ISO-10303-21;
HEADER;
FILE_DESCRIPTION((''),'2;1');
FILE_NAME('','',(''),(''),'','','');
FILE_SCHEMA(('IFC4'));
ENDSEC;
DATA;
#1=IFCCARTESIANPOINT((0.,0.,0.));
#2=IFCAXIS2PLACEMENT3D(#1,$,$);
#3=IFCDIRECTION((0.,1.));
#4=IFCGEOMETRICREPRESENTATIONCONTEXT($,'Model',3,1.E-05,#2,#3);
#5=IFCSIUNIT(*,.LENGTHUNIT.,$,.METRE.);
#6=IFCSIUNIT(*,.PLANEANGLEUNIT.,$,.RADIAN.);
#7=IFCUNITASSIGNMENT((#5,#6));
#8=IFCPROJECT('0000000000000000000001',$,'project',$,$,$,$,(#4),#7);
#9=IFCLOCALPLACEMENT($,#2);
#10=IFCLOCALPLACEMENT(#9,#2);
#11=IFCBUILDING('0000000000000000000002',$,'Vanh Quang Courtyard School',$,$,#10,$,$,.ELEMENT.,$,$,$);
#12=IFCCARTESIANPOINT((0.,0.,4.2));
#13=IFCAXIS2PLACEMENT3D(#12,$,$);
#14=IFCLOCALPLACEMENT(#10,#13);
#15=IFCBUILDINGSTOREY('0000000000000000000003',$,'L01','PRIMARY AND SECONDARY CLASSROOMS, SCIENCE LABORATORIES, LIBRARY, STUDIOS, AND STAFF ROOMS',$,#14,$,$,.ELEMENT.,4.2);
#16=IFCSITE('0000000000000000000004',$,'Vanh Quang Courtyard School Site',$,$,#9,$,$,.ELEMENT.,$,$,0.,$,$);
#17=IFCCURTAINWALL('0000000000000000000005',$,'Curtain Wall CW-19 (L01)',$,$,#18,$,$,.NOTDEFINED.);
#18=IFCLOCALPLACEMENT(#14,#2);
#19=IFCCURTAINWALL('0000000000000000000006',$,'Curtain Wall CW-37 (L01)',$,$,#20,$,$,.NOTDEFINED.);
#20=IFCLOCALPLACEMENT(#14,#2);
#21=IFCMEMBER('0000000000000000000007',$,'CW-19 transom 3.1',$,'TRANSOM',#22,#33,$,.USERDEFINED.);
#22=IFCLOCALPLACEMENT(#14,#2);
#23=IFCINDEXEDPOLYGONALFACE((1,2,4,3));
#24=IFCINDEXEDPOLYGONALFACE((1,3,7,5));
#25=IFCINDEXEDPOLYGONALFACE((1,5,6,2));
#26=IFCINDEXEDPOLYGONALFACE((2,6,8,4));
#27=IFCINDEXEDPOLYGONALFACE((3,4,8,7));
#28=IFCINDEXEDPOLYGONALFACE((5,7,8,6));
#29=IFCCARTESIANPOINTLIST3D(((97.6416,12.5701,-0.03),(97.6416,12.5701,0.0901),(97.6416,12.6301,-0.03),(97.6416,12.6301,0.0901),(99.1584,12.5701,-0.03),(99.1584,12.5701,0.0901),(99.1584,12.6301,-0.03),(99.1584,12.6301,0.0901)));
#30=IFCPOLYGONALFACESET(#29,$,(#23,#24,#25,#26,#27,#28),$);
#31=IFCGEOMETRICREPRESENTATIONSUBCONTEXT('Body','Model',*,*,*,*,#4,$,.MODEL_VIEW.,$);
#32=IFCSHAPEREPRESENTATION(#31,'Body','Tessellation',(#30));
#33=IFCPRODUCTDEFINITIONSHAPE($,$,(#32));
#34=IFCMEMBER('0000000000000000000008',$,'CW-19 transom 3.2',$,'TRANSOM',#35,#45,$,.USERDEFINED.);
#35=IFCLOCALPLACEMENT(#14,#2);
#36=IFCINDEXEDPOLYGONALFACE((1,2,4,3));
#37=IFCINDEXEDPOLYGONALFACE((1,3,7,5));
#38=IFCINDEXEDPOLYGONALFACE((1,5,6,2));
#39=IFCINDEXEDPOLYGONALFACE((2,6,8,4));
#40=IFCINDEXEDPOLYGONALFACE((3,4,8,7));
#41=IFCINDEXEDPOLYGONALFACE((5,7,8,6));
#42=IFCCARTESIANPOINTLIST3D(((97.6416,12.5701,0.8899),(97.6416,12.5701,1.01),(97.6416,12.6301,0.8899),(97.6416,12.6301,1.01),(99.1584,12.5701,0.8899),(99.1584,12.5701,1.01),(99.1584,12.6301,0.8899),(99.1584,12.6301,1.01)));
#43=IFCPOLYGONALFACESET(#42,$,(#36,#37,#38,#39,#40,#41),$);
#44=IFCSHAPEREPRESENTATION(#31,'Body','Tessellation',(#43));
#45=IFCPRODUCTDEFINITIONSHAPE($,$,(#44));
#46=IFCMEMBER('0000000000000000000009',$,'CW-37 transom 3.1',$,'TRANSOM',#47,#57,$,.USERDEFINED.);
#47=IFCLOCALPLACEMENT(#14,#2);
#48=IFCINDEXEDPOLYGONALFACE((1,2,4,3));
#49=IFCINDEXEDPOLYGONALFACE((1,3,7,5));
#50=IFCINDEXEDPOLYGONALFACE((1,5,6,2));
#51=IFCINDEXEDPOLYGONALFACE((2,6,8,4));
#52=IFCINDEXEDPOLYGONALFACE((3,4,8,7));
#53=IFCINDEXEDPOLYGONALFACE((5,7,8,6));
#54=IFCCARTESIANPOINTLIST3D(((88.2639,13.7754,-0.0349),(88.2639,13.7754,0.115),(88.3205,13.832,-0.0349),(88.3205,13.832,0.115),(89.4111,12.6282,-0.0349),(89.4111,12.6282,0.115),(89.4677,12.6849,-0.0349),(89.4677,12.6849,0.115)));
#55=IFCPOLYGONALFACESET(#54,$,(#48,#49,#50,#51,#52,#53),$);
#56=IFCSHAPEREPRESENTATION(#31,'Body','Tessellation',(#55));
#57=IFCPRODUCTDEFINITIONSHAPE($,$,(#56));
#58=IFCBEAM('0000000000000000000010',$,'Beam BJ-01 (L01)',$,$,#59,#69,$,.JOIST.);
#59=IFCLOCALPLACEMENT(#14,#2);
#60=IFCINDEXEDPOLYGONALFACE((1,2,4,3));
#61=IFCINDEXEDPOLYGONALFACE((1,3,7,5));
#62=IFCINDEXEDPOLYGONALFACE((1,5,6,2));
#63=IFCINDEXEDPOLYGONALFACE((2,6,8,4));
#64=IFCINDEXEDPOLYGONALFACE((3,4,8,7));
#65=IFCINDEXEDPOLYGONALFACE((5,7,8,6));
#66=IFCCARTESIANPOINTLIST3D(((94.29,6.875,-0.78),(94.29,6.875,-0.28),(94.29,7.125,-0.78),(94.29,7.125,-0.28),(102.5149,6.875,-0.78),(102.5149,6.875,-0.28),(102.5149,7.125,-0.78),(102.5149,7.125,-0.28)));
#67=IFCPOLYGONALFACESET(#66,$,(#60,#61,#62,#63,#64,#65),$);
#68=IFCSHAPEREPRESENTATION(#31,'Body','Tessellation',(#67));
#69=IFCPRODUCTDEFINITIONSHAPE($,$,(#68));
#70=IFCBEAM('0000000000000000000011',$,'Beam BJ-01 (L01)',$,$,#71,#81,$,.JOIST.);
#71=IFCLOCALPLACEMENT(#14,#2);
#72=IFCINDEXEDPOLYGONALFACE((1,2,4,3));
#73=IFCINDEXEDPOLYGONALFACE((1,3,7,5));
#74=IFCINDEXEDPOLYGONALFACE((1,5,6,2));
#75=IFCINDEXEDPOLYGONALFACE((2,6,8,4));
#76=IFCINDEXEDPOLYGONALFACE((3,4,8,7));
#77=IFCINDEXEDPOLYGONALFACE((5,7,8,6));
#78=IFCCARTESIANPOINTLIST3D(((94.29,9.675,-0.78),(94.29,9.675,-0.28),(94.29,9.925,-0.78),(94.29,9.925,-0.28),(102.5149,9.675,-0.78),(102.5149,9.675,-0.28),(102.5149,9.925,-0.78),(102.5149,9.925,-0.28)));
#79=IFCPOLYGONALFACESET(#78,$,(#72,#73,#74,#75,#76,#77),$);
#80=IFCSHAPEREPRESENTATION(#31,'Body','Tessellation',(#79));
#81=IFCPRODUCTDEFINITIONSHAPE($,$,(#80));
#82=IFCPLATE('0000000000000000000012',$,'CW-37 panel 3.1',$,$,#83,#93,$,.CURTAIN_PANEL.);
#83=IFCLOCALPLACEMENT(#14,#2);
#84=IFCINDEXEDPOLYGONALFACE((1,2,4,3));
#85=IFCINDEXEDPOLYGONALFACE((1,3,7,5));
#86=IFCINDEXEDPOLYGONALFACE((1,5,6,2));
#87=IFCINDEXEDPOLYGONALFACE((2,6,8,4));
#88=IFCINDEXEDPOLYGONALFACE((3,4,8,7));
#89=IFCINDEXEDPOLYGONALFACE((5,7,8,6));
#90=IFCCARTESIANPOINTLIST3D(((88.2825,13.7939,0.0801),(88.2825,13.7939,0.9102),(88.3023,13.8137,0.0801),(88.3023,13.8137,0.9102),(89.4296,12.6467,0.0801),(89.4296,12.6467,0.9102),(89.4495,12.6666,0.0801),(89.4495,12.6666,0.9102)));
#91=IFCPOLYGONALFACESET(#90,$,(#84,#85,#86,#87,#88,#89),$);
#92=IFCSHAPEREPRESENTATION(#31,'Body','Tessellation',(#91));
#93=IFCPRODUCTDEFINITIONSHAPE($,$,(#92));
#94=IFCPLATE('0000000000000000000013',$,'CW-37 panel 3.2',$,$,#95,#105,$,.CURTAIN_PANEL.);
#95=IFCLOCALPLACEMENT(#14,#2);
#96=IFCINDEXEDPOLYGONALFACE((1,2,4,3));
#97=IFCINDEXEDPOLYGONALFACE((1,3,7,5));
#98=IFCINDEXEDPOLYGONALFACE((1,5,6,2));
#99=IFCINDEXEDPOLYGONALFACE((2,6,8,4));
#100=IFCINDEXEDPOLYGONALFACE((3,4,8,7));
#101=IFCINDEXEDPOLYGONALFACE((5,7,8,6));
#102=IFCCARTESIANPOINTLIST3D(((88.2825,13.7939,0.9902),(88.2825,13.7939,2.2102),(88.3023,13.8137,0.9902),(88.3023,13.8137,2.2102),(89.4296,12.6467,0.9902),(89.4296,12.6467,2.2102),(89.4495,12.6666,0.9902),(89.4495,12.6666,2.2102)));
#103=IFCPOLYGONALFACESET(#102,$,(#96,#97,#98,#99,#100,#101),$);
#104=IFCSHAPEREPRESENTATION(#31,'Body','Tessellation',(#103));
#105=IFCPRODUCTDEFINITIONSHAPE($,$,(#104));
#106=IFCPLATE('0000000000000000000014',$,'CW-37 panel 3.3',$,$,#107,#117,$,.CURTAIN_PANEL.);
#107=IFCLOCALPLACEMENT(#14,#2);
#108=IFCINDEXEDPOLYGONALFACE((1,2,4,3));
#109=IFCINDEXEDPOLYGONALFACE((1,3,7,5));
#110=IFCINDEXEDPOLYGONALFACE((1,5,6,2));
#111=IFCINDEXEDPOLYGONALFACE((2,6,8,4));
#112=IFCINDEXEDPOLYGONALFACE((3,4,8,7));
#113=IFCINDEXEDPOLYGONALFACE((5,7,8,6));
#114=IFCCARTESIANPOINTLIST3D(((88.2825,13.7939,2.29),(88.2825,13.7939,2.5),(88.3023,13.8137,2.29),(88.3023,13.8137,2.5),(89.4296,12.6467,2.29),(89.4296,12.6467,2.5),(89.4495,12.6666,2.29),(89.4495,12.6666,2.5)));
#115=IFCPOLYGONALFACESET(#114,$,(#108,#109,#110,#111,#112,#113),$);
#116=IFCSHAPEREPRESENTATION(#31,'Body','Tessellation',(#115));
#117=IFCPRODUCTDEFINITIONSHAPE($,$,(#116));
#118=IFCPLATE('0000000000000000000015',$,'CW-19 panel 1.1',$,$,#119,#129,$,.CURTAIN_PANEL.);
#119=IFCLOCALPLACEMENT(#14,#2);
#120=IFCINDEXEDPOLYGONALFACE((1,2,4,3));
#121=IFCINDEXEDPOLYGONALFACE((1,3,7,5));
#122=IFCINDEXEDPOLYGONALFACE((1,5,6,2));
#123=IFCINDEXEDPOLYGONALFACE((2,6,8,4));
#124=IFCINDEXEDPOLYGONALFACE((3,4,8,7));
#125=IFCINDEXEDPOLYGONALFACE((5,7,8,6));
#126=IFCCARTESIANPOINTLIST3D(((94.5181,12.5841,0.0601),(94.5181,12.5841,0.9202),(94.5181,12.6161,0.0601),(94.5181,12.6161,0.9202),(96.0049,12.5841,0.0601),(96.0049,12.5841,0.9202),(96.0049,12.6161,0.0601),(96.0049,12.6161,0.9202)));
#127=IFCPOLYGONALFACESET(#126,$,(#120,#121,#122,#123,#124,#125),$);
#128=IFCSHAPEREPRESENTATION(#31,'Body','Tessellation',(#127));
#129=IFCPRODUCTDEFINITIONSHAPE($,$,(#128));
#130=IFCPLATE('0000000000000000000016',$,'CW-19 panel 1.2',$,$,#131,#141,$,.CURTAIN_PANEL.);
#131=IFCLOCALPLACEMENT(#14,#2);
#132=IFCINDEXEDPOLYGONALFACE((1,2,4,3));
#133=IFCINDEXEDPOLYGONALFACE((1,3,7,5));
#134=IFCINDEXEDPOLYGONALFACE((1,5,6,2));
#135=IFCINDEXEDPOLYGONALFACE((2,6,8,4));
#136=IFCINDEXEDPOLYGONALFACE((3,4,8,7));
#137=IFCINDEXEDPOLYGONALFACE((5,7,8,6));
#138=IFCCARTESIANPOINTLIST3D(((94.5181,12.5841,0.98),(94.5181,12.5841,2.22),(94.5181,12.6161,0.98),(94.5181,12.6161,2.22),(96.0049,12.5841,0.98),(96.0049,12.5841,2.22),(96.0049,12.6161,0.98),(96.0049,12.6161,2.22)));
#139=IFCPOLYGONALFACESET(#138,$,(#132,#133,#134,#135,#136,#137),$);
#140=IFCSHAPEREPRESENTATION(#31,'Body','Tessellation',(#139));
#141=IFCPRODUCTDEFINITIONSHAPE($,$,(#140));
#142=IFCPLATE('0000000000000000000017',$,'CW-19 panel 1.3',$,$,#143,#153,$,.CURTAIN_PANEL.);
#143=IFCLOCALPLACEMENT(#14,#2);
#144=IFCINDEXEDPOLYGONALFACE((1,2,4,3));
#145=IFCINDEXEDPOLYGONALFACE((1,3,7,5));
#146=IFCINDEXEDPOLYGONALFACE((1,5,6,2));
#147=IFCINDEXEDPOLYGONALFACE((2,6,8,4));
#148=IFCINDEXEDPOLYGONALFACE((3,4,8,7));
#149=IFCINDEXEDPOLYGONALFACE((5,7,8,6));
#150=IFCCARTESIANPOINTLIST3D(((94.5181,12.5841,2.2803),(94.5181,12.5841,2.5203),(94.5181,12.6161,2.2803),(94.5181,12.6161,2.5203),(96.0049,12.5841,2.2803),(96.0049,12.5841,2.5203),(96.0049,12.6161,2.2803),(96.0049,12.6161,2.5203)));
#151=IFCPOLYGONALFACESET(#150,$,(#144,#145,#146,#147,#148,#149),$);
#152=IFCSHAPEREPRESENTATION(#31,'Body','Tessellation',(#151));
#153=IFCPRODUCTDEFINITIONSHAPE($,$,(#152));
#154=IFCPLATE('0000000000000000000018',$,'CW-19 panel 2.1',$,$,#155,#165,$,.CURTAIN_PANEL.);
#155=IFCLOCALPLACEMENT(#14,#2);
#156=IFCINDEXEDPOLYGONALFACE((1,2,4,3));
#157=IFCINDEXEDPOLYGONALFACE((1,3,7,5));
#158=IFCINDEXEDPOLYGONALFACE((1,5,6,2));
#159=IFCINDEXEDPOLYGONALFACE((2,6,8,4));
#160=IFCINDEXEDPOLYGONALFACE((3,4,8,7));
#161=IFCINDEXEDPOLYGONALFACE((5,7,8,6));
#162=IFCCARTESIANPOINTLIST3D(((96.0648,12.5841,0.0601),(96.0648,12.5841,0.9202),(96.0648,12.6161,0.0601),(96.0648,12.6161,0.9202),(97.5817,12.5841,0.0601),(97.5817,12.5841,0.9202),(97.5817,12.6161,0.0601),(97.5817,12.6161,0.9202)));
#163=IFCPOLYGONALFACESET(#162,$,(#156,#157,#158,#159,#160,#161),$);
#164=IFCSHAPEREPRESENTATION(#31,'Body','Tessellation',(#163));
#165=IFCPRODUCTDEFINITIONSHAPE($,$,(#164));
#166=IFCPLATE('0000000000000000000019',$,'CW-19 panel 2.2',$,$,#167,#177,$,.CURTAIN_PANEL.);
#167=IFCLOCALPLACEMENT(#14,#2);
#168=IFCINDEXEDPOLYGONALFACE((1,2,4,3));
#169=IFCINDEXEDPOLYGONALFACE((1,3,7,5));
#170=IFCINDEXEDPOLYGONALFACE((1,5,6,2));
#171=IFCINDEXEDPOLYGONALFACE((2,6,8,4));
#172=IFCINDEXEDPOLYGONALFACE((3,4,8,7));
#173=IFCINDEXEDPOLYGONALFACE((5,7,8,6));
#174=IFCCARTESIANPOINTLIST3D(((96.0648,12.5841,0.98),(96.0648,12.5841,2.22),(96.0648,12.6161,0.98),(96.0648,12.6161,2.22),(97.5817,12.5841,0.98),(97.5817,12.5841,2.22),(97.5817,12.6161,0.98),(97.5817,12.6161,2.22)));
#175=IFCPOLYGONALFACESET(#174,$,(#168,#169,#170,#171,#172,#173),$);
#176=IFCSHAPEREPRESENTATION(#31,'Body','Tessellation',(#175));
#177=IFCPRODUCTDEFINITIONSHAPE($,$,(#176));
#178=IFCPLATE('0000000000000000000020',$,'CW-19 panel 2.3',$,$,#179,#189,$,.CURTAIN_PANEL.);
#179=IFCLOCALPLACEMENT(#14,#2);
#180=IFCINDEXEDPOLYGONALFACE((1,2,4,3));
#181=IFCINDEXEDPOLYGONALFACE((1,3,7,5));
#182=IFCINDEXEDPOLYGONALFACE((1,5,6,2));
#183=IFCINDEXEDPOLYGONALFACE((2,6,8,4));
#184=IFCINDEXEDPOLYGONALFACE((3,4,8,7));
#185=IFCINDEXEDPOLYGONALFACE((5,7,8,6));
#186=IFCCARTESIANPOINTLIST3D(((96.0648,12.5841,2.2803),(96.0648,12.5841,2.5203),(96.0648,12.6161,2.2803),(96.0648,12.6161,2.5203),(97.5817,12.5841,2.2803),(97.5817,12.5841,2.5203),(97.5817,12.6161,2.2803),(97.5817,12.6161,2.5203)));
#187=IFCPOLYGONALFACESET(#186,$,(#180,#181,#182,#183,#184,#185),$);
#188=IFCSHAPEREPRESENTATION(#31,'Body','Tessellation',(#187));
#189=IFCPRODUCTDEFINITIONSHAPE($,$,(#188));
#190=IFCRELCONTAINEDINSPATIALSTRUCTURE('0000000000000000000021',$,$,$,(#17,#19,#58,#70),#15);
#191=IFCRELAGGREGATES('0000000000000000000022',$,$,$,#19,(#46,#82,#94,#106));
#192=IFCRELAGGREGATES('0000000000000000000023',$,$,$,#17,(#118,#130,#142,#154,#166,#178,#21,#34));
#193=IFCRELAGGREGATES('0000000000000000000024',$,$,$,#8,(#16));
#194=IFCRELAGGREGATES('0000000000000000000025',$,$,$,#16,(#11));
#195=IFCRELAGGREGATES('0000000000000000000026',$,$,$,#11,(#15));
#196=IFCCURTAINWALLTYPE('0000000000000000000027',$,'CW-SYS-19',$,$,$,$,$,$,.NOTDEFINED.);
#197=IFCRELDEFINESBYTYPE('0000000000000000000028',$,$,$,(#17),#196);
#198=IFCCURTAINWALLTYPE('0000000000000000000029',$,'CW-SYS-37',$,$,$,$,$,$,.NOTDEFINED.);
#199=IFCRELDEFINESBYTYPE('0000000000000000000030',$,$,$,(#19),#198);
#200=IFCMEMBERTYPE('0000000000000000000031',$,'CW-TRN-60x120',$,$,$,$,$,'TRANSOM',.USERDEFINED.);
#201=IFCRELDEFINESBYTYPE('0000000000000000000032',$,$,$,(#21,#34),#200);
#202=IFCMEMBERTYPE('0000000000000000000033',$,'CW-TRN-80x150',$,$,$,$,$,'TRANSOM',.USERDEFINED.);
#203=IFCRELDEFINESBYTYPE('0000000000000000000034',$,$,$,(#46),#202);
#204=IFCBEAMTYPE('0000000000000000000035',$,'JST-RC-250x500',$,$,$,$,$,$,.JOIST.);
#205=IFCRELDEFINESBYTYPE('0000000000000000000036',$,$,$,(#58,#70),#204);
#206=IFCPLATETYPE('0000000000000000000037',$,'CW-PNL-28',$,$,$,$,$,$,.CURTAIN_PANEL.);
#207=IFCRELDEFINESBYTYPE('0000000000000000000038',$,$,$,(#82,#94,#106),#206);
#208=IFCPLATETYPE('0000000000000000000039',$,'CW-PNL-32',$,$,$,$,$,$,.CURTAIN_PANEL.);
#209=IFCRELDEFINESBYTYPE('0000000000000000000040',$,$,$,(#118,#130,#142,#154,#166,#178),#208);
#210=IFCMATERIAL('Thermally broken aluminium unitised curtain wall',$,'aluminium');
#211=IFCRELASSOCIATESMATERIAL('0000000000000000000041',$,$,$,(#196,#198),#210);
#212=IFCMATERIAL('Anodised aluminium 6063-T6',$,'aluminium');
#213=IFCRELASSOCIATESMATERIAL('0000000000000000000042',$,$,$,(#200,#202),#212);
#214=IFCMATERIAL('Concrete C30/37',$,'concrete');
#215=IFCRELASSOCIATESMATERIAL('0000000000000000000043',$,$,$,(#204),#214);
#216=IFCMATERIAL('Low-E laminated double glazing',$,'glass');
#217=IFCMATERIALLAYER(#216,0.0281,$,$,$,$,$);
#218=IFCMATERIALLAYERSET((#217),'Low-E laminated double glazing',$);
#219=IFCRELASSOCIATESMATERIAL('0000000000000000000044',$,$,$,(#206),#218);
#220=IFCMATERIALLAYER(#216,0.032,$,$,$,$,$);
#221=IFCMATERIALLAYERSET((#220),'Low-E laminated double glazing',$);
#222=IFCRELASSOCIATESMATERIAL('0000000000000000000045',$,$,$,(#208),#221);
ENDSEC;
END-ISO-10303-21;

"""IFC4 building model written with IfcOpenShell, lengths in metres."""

from ifc_helpers import new_model, si_unit, direction, frame, origin, origin_2d, place, context, subcontext, project, spatial, rectangle, extrude, material, layer, layer_set, material_profile, profile_set, type_object, element, aggregate, save


model = new_model("IFC4")

# Units and contexts
model_context = context("Model", 3, precision=1e-05, world=origin(), true_north=direction((0.0, 1.0)))
body_context = subcontext(model_context, "Body", "Model", "MODEL_VIEW")
ifc_project = project(units=[si_unit("LENGTHUNIT", "METRE"), si_unit("PLANEANGLEUNIT", "RADIAN")], contexts=[model_context])

# Site, building, storey
site_placement = place(None, origin())
site = spatial("IfcSite", under=ifc_project, at=site_placement, Name="Vanh Quang Courtyard School Site", CompositionType="ELEMENT", RefElevation=0.0)
building_placement = place(site_placement, origin())
building = spatial("IfcBuilding", under=site, at=building_placement, Name="Vanh Quang Courtyard School", CompositionType="ELEMENT")
storey_placement = place(building_placement, frame((0.0, 0.0, 4.2)))
storey = spatial("IfcBuildingStorey", under=building, at=storey_placement, Name="L01", Description="PRIMARY AND SECONDARY CLASSROOMS, SCIENCE LABORATORIES, LIBRARY, STUDIOS, AND STAFF ROOMS", CompositionType="ELEMENT", Elevation=4.2)

# Curtain wall
ifc_material_1 = material(Name="Thermally broken aluminium unitised curtain wall", Category="aluminium")
curtain_wall_type_1 = type_object("IfcCurtainWallType", Name="CW-SYS-19", PredefinedType="NOTDEFINED", material=ifc_material_1)
curtain_wall_1_placement = place(storey_placement, origin())
curtain_wall_1 = element("IfcCurtainWall", 1, at=curtain_wall_1_placement, inside=storey, type_object=curtain_wall_type_1, Name="Curtain Wall CW-19 (L01)", PredefinedType="NOTDEFINED")
ifc_material_2 = material(Name="Anodised aluminium 6063-T6", Category="aluminium")

# Curtain wall
curtain_wall_type_2 = type_object("IfcCurtainWallType", Name="CW-SYS-37", PredefinedType="NOTDEFINED", material=ifc_material_1)
curtain_wall_2_placement = place(storey_placement, origin())
curtain_wall_2 = element("IfcCurtainWall", 2, at=curtain_wall_2_placement, inside=storey, type_object=curtain_wall_type_2, Name="Curtain Wall CW-37 (L01)", PredefinedType="NOTDEFINED")

# Members
ifc_material_profile_1 = material_profile(ifc_material_2, rectangle(XDim=0.0601, YDim=0.1201, at=origin_2d()), Name="ALU-TRN 60x120")
ifc_profile_set_1 = profile_set([ifc_material_profile_1], Name="Anodised aluminium 6063-T6")
member_type_1 = type_object("IfcMemberType", Name="CW-TRN-60x120", ElementType="TRANSOM", PredefinedType="USERDEFINED", material=ifc_profile_set_1)
member_1_placement = place(storey_placement, frame((97.6416, 12.6001, 0.03), z_axis=(1.0, 0.0, 0.0), x_axis=(0.0, 1.0, 0.0)))
member_1 = element("IfcMember", 3, at=member_1_placement, type_object=member_type_1, Name="CW-19 transom 3.1", ObjectType="TRANSOM", PredefinedType="USERDEFINED", context=body_context, shape_type="SweptSolid", body=[
    extrude(rectangle(XDim=0.0601, YDim=0.1201, at=origin_2d()), origin(), (0.0, 0.0, 1.0), 1.5168),
])
member_2_placement = place(storey_placement, frame((97.6416, 12.6001, 0.95), z_axis=(1.0, 0.0, 0.0), x_axis=(0.0, 1.0, 0.0)))
member_2 = element("IfcMember", 4, at=member_2_placement, type_object=member_type_1, Name="CW-19 transom 3.2", ObjectType="TRANSOM", PredefinedType="USERDEFINED", context=body_context, shape_type="SweptSolid", body=[
    extrude(rectangle(XDim=0.0601, YDim=0.1201, at=origin_2d()), origin(), (0.0, 0.0, 1.0), 1.5168),
])
ifc_material_profile_2 = material_profile(ifc_material_2, rectangle(XDim=0.0801, YDim=0.1499, at=origin_2d()), Name="ALU-TRN 80x150")
ifc_profile_set_2 = profile_set([ifc_material_profile_2], Name="Anodised aluminium 6063-T6")
member_type_2 = type_object("IfcMemberType", Name="CW-TRN-80x150", ElementType="TRANSOM", PredefinedType="USERDEFINED", material=ifc_profile_set_2)
member_3_placement = place(storey_placement, frame((88.2922, 13.8037, 0.04), z_axis=(0.707107, -0.707107, 0.0), x_axis=(0.707107, 0.707107, 0.0)))
member_3 = element("IfcMember", 5, at=member_3_placement, type_object=member_type_2, Name="CW-37 transom 3.1", ObjectType="TRANSOM", PredefinedType="USERDEFINED", context=body_context, shape_type="SweptSolid", body=[
    extrude(rectangle(XDim=0.0801, YDim=0.1499, at=origin_2d()), origin(), (0.0, 0.0, 1.0), 1.6223),
])

# Beams
ifc_material_3 = material(Name="Concrete C30/37", Category="concrete")
ifc_material_profile_3 = material_profile(ifc_material_3, rectangle(XDim=0.25, YDim=0.5, at=origin_2d()), Name="RC-JST 250x500")
ifc_profile_set_3 = profile_set([ifc_material_profile_3], Name="Concrete C30/37")
beam_type_1 = type_object("IfcBeamType", Name="JST-RC-250x500", PredefinedType="JOIST", material=ifc_profile_set_3)
for number, where, z_axis, x_axis, name in (
    (6, (94.29, 7.0, -0.53), (1.0, 0.0, 0.0), (0.0, 1.0, 0.0), "Beam BJ-01 (L01)"),
    (7, (94.29, 9.8, -0.53), (1.0, 0.0, 0.0), (0.0, 1.0, 0.0), "Beam BJ-01 (L01)"),
):
    element("IfcBeam", number, at=place(storey_placement, frame(where, z_axis=z_axis, x_axis=x_axis)), inside=storey, type_object=beam_type_1, Name=name, PredefinedType="JOIST", context=body_context, shape_type="SweptSolid", body=[
        extrude(rectangle(XDim=0.25, YDim=0.5, at=origin_2d()), origin(), (0.0, 0.0, 1.0), 8.2249),
    ])

# Plates
ifc_material_4 = material(Name="Low-E laminated double glazing", Category="glass")
ifc_layer_1 = layer(ifc_material_4, 0.0281)
ifc_layer_set_1 = layer_set([ifc_layer_1], Name="Low-E laminated double glazing")
plate_type_1 = type_object("IfcPlateType", Name="CW-PNL-28", PredefinedType="CURTAIN_PANEL", material=ifc_layer_set_1)
plate_1_placement = place(storey_placement, frame((88.866, 13.2302, 0.0801), z_axis=(0.0, 0.0, 1.0), x_axis=(0.707107, -0.707107, 0.0)))
plate_1 = element("IfcPlate", 8, at=plate_1_placement, type_object=plate_type_1, Name="CW-37 panel 3.1", PredefinedType="CURTAIN_PANEL", context=body_context, shape_type="SweptSolid", body=[
    extrude(rectangle(XDim=1.6223, YDim=0.0281, at=origin_2d()), origin(), (0.0, 0.0, 1.0), 0.8301),
])
plate_2_placement = place(storey_placement, frame((88.866, 13.2302, 0.9902), z_axis=(0.0, 0.0, 1.0), x_axis=(0.707107, -0.707107, 0.0)))
plate_2 = element("IfcPlate", 9, at=plate_2_placement, type_object=plate_type_1, Name="CW-37 panel 3.2", PredefinedType="CURTAIN_PANEL", context=body_context, shape_type="SweptSolid", body=[
    extrude(rectangle(XDim=1.6223, YDim=0.0281, at=origin_2d()), origin(), (0.0, 0.0, 1.0), 1.22),
])
plate_3_placement = place(storey_placement, frame((88.866, 13.2302, 2.29), z_axis=(0.0, 0.0, 1.0), x_axis=(0.707107, -0.707107, 0.0)))
plate_3 = element("IfcPlate", 10, at=plate_3_placement, type_object=plate_type_1, Name="CW-37 panel 3.3", PredefinedType="CURTAIN_PANEL", context=body_context, shape_type="SweptSolid", body=[
    extrude(rectangle(XDim=1.6223, YDim=0.0281, at=origin_2d()), origin(), (0.0, 0.0, 1.0), 0.21),
])
aggregate(curtain_wall_2, [member_3, plate_1, plate_2, plate_3])
ifc_layer_2 = layer(ifc_material_4, 0.032)
ifc_layer_set_2 = layer_set([ifc_layer_2], Name="Low-E laminated double glazing")
plate_type_2 = type_object("IfcPlateType", Name="CW-PNL-32", PredefinedType="CURTAIN_PANEL", material=ifc_layer_set_2)
plate_4_placement = place(storey_placement, frame((95.2615, 12.6001, 0.0601), z_axis=(0.0, 0.0, 1.0), x_axis=(1.0, 0.0, 0.0)))
plate_4 = element("IfcPlate", 11, at=plate_4_placement, type_object=plate_type_2, Name="CW-19 panel 1.1", PredefinedType="CURTAIN_PANEL", context=body_context, shape_type="SweptSolid", body=[
    extrude(rectangle(XDim=1.4868, YDim=0.032, at=origin_2d()), origin(), (0.0, 0.0, 1.0), 0.8601),
])
plate_5_placement = place(storey_placement, frame((95.2615, 12.6001, 0.98), z_axis=(0.0, 0.0, 1.0), x_axis=(1.0, 0.0, 0.0)))
plate_5 = element("IfcPlate", 12, at=plate_5_placement, type_object=plate_type_2, Name="CW-19 panel 1.2", PredefinedType="CURTAIN_PANEL", context=body_context, shape_type="SweptSolid", body=[
    extrude(rectangle(XDim=1.4868, YDim=0.032, at=origin_2d()), origin(), (0.0, 0.0, 1.0), 1.24),
])
plate_6_placement = place(storey_placement, frame((95.2615, 12.6001, 2.2803), z_axis=(0.0, 0.0, 1.0), x_axis=(1.0, 0.0, 0.0)))
plate_6 = element("IfcPlate", 13, at=plate_6_placement, type_object=plate_type_2, Name="CW-19 panel 1.3", PredefinedType="CURTAIN_PANEL", context=body_context, shape_type="SweptSolid", body=[
    extrude(rectangle(XDim=1.4868, YDim=0.032, at=origin_2d()), origin(), (0.0, 0.0, 1.0), 0.24),
])
plate_7_placement = place(storey_placement, frame((96.8232, 12.6001, 0.0601), z_axis=(0.0, 0.0, 1.0), x_axis=(1.0, 0.0, 0.0)))
plate_7 = element("IfcPlate", 14, at=plate_7_placement, type_object=plate_type_2, Name="CW-19 panel 2.1", PredefinedType="CURTAIN_PANEL", context=body_context, shape_type="SweptSolid", body=[
    extrude(rectangle(XDim=1.5168, YDim=0.032, at=origin_2d()), origin(), (0.0, 0.0, 1.0), 0.8601),
])
plate_8_placement = place(storey_placement, frame((96.8232, 12.6001, 0.98), z_axis=(0.0, 0.0, 1.0), x_axis=(1.0, 0.0, 0.0)))
plate_8 = element("IfcPlate", 15, at=plate_8_placement, type_object=plate_type_2, Name="CW-19 panel 2.2", PredefinedType="CURTAIN_PANEL", context=body_context, shape_type="SweptSolid", body=[
    extrude(rectangle(XDim=1.5168, YDim=0.032, at=origin_2d()), origin(), (0.0, 0.0, 1.0), 1.24),
])
plate_9_placement = place(storey_placement, frame((96.8232, 12.6001, 2.2803), z_axis=(0.0, 0.0, 1.0), x_axis=(1.0, 0.0, 0.0)))
plate_9 = element("IfcPlate", 16, at=plate_9_placement, type_object=plate_type_2, Name="CW-19 panel 2.3", PredefinedType="CURTAIN_PANEL", context=body_context, shape_type="SweptSolid", body=[
    extrude(rectangle(XDim=1.5168, YDim=0.032, at=origin_2d()), origin(), (0.0, 0.0, 1.0), 0.24),
])
aggregate(curtain_wall_1, [plate_4, plate_5, plate_6, plate_7, plate_8, plate_9, member_1, member_2])

save(model, "model.ifc")
